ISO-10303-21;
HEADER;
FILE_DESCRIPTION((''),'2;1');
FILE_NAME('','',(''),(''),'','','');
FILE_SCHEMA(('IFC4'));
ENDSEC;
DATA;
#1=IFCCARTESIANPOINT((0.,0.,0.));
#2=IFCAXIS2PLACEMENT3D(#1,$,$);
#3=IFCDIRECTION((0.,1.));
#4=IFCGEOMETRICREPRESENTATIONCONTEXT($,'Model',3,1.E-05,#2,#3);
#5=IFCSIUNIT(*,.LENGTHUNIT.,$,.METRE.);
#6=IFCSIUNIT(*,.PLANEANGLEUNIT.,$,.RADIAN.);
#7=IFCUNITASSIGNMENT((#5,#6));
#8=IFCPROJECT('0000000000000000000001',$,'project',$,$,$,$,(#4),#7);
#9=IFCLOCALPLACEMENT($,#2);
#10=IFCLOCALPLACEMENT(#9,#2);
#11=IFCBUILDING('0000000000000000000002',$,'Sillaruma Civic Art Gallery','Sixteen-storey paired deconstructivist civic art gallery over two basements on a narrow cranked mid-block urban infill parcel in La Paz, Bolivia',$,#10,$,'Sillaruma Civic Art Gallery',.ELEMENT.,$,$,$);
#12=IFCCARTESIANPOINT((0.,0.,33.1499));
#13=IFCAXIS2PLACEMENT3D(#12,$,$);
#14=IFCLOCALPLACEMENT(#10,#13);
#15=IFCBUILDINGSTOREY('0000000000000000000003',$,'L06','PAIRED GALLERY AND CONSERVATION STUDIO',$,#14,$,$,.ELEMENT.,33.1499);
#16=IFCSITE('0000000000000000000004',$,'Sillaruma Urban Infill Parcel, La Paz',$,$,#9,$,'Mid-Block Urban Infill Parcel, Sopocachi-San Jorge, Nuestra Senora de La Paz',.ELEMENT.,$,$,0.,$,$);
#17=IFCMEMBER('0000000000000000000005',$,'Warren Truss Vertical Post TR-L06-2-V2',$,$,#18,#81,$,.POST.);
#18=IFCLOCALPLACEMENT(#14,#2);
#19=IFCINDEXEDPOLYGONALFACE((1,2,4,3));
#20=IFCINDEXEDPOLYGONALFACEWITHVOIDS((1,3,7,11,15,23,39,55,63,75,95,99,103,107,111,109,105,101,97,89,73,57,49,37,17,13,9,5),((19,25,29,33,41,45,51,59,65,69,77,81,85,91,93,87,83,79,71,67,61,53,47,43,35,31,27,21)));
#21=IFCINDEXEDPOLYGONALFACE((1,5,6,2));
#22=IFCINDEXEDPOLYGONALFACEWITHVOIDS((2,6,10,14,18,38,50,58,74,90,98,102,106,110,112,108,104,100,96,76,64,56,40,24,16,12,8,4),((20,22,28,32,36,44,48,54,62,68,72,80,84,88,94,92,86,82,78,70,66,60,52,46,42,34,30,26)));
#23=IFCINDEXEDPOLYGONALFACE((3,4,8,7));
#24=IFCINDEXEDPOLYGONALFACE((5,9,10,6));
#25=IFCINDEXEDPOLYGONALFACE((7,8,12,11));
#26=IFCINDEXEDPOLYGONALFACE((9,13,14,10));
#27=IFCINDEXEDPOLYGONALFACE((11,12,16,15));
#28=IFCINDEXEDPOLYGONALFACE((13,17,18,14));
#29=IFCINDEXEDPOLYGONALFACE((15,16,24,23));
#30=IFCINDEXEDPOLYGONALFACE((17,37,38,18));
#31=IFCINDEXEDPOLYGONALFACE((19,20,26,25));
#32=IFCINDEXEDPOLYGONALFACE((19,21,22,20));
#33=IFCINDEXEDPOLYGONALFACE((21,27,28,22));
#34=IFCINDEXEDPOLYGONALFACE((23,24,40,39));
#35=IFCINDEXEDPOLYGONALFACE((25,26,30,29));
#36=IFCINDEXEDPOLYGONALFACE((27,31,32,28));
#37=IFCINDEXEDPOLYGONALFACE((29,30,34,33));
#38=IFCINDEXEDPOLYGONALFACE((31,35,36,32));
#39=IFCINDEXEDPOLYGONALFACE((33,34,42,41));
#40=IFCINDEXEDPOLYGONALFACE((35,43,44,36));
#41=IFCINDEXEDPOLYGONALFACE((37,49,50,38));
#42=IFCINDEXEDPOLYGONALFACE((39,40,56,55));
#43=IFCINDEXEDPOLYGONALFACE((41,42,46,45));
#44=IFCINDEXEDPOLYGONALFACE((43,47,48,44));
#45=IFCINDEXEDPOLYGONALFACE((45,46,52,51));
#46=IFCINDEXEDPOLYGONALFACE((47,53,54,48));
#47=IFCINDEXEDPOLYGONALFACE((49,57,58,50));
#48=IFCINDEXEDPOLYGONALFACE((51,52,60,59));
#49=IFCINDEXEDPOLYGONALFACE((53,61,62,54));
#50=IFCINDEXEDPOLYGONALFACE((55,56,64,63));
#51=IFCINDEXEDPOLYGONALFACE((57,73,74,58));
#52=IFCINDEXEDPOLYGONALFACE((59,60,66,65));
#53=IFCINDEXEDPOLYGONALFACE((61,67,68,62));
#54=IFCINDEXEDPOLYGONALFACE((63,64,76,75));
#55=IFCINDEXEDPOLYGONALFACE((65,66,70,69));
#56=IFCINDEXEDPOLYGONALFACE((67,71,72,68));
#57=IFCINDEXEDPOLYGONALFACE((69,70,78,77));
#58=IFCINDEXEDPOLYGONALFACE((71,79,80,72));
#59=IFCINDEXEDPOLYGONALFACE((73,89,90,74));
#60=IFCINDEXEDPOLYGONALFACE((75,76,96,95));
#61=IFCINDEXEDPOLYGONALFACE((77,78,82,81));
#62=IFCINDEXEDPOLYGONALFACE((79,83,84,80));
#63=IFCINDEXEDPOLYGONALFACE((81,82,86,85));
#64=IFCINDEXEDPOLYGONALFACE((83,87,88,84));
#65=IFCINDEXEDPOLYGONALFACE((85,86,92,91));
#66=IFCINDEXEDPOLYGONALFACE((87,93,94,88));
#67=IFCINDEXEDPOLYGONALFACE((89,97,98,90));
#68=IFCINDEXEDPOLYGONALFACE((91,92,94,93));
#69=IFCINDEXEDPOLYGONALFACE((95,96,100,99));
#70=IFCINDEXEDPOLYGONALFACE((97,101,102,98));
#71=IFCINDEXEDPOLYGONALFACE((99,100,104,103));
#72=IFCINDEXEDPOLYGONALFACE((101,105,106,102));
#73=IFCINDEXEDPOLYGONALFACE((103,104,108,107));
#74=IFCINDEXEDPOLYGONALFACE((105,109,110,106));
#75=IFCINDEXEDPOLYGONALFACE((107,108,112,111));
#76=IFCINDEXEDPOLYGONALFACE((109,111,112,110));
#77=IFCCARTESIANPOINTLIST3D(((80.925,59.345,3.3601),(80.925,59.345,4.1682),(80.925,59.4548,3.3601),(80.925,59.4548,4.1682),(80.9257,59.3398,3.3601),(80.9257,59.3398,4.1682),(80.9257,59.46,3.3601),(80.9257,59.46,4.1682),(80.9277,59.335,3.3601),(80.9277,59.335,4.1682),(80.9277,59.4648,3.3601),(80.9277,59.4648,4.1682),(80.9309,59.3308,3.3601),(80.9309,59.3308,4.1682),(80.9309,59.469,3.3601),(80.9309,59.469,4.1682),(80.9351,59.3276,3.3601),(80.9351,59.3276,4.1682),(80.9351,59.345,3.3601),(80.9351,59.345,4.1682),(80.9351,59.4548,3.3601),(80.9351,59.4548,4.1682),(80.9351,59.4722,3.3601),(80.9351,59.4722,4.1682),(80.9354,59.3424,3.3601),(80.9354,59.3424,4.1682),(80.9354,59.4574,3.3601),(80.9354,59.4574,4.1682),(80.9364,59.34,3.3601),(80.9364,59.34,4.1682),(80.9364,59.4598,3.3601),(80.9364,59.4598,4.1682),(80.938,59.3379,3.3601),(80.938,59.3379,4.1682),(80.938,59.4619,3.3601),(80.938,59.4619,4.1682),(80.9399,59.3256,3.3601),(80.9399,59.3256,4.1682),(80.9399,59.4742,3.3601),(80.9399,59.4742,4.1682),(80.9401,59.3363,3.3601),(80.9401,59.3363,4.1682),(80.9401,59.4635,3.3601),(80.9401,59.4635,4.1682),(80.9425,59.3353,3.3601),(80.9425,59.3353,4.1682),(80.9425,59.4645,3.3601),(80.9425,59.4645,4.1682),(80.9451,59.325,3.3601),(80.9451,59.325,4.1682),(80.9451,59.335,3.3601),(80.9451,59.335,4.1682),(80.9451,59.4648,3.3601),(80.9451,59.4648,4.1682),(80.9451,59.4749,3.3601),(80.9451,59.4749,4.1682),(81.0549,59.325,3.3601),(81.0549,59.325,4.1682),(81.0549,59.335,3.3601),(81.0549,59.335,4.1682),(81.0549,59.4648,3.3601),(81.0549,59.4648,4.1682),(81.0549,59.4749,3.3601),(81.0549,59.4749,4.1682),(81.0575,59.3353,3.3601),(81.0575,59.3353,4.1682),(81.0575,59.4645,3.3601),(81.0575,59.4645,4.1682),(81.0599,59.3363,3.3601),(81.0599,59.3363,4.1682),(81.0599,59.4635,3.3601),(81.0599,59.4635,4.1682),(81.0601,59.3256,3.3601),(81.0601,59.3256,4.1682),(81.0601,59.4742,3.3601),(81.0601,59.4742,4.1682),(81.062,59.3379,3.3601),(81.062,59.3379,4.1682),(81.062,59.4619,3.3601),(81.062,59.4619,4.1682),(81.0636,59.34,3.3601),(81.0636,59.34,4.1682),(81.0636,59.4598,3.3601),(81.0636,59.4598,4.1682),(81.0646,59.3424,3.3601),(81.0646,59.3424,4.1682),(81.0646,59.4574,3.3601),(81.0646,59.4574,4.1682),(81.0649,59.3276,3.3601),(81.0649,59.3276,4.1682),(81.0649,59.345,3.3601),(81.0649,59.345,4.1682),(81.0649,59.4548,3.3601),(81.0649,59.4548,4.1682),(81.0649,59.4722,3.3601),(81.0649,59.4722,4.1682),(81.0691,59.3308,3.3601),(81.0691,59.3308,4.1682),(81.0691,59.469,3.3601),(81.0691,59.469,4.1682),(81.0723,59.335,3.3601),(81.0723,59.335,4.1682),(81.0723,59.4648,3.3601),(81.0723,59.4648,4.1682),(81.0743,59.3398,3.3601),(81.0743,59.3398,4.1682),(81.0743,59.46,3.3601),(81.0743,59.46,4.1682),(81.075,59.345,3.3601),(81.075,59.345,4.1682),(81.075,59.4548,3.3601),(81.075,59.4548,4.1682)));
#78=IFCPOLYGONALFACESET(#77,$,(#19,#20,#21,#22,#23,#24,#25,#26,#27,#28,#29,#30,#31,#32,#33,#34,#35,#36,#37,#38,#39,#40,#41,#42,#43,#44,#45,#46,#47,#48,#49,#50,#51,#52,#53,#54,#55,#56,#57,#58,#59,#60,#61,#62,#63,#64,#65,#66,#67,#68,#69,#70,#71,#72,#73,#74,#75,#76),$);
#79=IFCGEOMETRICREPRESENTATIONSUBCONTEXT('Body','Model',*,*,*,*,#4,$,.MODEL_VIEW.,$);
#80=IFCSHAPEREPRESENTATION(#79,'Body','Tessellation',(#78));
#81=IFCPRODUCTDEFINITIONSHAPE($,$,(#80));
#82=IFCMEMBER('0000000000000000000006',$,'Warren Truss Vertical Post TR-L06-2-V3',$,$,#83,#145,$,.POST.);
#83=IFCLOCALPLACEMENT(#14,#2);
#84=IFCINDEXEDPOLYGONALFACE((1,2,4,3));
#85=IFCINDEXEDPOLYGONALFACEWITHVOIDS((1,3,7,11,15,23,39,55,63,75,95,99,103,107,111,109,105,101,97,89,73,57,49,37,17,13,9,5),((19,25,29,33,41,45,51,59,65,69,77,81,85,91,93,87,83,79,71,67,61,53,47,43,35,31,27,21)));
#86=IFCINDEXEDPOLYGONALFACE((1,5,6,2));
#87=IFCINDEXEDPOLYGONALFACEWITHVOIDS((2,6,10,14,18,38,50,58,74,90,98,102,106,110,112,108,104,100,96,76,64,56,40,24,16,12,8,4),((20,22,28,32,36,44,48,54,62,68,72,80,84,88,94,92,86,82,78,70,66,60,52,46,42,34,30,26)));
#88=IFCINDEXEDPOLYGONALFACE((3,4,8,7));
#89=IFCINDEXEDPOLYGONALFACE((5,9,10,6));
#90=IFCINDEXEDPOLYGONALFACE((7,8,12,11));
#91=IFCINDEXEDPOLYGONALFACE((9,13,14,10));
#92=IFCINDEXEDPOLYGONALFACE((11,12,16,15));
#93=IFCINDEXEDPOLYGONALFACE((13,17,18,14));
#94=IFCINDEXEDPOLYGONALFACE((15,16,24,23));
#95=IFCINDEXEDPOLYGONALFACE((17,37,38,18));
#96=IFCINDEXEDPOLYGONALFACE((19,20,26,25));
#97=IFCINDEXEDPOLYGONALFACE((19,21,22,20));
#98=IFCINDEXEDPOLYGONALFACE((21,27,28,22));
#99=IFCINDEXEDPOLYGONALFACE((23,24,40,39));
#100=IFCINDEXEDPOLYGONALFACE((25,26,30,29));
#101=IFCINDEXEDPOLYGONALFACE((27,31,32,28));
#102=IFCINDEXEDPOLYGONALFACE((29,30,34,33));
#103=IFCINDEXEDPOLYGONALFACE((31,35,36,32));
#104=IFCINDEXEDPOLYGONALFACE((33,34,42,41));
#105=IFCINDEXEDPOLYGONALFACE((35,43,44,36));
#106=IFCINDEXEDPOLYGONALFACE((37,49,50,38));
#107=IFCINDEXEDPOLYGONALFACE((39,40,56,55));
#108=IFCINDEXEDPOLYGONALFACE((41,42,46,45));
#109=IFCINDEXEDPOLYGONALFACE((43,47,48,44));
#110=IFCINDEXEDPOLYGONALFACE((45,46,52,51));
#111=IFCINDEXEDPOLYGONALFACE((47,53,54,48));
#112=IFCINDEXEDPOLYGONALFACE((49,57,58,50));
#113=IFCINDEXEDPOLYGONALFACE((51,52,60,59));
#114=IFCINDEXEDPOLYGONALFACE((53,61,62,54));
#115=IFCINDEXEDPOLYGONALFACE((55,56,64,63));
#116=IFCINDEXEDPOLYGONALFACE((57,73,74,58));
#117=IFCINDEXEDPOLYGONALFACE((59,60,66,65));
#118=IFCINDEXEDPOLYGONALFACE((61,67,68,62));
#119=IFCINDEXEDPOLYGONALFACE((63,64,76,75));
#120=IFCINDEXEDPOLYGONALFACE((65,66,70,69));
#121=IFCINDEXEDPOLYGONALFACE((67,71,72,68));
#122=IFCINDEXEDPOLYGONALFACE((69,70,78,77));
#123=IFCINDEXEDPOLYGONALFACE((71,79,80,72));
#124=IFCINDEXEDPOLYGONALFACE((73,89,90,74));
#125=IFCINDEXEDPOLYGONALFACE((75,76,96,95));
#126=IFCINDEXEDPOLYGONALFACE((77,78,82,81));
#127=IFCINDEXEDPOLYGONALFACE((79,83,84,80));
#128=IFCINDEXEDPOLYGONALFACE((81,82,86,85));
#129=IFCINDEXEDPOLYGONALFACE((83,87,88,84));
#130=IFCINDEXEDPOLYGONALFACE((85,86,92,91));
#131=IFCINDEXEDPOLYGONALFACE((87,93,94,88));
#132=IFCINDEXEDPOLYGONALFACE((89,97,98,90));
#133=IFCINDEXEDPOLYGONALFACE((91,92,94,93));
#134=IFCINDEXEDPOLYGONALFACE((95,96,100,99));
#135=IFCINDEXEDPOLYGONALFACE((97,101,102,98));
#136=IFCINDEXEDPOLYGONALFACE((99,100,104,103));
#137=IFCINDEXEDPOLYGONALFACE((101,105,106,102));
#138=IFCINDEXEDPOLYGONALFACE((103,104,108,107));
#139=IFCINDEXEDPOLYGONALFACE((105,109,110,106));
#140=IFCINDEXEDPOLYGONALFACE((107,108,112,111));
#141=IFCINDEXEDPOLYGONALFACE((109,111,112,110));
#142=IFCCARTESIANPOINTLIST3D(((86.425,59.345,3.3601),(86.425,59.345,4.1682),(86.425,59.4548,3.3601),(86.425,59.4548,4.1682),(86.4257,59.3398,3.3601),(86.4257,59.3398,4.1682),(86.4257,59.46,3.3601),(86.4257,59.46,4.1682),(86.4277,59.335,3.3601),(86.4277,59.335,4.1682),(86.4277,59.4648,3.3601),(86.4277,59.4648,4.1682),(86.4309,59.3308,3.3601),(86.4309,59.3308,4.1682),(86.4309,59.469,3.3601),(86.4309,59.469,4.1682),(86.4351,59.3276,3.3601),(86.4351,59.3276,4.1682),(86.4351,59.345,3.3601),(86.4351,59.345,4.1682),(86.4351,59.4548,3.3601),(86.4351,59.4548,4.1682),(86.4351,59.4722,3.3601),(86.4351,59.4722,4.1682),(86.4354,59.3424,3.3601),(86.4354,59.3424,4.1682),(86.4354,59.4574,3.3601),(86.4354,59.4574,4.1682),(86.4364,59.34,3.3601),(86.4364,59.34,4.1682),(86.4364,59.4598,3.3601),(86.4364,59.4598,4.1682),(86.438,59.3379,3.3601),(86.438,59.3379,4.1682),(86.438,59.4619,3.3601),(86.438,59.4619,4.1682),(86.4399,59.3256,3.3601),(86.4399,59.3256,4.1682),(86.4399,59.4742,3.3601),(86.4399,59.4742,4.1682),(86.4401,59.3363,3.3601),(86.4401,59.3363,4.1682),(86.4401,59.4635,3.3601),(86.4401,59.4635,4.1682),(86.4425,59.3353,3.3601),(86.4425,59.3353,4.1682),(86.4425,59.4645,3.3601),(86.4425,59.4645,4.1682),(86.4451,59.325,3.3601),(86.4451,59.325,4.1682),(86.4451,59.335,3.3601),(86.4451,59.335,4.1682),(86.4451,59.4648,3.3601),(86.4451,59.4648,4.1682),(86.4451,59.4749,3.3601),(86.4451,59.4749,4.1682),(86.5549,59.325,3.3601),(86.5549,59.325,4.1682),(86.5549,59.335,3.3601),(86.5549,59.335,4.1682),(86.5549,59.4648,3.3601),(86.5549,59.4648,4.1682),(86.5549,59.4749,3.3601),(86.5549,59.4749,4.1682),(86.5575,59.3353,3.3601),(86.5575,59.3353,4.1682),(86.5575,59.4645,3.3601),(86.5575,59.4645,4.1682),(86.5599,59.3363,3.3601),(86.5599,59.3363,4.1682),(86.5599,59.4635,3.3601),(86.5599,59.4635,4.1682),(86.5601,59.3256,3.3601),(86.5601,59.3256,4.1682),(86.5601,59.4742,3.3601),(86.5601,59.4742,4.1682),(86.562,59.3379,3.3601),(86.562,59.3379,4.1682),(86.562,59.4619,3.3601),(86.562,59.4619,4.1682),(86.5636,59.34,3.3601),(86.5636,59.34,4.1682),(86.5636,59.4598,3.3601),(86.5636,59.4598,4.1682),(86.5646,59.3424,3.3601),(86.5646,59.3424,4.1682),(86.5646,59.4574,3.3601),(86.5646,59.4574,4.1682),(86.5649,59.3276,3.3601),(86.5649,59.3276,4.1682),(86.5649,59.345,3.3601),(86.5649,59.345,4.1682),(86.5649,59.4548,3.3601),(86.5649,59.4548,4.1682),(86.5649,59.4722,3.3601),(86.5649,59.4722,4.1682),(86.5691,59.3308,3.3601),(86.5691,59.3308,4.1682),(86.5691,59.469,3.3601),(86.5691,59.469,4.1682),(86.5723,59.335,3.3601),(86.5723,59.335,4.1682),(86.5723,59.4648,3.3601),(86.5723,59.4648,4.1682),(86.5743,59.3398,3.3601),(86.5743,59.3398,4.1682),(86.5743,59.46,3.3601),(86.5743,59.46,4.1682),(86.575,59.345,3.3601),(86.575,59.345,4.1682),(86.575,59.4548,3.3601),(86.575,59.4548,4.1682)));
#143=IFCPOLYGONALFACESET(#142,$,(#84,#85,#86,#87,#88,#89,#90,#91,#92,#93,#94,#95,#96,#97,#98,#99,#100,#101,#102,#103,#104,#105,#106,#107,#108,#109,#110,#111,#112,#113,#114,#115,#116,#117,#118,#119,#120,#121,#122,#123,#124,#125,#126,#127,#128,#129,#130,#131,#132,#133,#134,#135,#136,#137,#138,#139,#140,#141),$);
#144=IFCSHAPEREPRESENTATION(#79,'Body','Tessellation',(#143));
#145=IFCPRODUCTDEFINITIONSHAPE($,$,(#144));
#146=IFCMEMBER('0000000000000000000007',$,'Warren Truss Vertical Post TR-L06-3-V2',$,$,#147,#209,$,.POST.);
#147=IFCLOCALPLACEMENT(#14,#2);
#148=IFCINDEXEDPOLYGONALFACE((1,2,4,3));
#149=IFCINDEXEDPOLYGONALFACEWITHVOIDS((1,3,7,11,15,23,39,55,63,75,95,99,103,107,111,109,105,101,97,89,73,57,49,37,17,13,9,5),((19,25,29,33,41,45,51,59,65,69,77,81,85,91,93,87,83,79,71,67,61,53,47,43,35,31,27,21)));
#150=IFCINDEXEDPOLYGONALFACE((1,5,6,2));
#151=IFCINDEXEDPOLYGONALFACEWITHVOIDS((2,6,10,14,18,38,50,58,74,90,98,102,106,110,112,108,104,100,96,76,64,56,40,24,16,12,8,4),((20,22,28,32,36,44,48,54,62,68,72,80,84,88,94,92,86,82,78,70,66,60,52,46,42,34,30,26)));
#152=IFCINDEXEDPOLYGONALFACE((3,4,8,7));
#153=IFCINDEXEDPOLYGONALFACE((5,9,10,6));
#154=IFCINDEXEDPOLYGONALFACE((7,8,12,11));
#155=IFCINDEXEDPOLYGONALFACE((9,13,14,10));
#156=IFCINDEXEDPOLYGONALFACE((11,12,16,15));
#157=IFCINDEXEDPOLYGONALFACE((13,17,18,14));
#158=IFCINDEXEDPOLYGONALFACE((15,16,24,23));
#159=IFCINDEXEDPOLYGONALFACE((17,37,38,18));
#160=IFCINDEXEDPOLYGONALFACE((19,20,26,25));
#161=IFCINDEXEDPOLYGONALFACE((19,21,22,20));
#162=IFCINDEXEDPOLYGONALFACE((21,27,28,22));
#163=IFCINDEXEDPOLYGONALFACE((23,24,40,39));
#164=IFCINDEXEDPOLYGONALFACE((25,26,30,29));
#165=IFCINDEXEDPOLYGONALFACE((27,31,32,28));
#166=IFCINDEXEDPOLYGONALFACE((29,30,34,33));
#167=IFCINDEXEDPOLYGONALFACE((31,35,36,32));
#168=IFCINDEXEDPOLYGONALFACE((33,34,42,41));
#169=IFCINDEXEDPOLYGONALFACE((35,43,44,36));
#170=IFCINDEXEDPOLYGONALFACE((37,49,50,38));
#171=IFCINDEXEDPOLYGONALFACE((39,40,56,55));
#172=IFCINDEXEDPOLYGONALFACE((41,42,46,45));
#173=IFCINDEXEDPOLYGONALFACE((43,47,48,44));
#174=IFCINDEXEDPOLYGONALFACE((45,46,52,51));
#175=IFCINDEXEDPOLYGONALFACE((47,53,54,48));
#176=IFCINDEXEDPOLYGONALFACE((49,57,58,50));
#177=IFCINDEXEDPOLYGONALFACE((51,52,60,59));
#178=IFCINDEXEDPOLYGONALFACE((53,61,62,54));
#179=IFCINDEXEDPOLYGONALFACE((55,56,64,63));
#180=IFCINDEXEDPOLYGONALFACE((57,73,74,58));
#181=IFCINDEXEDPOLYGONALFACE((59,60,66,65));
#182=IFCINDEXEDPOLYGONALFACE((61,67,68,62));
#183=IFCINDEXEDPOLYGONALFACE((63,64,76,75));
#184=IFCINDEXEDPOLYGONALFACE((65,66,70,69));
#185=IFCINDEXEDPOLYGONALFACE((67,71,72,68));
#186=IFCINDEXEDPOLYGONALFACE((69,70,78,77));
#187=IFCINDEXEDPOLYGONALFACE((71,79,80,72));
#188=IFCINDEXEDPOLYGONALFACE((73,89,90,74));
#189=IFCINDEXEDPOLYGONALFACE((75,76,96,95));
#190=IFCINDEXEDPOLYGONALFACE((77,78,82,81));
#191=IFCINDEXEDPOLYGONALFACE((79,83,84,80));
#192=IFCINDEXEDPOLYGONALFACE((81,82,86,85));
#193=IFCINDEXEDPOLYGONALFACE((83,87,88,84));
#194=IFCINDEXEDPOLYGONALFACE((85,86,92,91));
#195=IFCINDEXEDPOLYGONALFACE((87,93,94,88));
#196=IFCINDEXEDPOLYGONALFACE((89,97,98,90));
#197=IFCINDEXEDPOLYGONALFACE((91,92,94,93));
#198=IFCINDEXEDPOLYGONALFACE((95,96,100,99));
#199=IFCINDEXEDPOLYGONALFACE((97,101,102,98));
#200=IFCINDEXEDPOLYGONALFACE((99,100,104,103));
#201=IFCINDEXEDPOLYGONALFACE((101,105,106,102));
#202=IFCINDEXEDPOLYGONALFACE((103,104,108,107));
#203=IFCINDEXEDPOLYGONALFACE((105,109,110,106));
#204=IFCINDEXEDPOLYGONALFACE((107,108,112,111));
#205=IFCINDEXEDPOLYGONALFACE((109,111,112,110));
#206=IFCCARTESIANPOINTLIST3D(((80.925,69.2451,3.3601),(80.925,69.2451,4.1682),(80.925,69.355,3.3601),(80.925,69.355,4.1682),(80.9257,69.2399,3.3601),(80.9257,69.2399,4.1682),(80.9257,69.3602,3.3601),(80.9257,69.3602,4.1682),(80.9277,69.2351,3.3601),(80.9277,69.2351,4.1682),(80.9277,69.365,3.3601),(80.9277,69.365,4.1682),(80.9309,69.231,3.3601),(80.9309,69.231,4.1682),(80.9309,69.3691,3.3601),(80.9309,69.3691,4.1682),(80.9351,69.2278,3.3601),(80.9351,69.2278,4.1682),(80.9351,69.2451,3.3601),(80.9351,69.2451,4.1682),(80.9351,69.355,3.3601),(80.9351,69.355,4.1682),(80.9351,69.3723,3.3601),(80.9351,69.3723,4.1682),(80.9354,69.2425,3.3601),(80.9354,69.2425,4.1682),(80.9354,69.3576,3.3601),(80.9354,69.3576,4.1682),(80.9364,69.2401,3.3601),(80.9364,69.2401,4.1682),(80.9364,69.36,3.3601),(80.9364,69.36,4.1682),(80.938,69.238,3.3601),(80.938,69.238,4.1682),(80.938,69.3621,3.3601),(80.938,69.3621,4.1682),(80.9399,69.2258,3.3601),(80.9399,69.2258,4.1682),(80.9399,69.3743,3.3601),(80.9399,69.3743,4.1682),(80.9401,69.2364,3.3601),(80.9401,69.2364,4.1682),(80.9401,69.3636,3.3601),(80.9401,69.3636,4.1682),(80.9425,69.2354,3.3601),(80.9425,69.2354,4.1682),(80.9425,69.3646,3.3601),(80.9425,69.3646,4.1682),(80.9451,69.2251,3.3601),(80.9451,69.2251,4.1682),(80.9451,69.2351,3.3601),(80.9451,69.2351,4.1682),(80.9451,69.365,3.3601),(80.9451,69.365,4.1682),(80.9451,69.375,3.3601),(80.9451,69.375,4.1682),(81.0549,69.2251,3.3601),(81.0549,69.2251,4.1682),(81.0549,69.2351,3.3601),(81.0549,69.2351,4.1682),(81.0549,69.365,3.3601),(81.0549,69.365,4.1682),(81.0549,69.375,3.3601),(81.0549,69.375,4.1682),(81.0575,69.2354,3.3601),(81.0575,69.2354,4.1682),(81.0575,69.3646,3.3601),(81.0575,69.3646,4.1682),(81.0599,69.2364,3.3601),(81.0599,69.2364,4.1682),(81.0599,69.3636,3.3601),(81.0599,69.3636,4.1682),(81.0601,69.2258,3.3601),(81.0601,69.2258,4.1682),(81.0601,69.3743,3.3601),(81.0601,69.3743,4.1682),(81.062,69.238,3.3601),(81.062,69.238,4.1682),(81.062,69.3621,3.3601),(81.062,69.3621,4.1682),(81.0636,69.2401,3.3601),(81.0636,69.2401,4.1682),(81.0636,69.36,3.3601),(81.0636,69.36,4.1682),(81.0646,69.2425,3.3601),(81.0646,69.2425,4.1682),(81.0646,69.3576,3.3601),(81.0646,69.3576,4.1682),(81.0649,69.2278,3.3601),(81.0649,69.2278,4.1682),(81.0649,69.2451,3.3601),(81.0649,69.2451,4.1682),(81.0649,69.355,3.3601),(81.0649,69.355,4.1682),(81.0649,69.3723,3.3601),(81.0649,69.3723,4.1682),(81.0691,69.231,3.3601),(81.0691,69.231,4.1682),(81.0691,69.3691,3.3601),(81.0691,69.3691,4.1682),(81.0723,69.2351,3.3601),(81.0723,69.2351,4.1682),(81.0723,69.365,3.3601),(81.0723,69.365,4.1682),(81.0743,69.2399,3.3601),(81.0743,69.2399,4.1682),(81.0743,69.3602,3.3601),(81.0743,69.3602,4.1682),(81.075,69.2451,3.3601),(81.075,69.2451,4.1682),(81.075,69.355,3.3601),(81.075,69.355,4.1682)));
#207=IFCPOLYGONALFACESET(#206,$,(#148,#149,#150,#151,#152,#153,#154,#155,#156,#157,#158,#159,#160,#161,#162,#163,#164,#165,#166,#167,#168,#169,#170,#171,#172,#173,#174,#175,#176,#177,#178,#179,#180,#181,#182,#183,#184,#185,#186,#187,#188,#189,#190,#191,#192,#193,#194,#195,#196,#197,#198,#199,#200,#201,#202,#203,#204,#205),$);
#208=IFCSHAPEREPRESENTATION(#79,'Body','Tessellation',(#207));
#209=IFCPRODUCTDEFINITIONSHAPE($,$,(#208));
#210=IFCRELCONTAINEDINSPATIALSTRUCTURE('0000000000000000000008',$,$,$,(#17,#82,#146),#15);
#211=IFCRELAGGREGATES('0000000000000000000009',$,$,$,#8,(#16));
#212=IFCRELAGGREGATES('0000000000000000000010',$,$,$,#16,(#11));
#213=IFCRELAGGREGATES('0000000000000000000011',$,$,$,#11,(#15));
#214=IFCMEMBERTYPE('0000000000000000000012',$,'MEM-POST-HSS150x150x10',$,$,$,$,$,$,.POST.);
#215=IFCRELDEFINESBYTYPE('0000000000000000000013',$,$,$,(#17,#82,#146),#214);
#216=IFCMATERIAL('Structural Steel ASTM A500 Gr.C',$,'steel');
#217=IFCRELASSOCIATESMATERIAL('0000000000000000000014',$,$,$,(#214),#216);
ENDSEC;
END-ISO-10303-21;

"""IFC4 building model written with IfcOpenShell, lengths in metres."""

from ifc_helpers import new_model, si_unit, direction, frame, origin, origin_2d, place, context, subcontext, project, spatial, hollow_rectangle, extrude, material, material_profile, profile_set, type_object, element, save


model = new_model("IFC4")

# Units and contexts
model_context = context("Model", 3, precision=1e-05, world=origin(), true_north=direction((0.0, 1.0)))
body_context = subcontext(model_context, "Body", "Model", "MODEL_VIEW")
ifc_project = project(units=[si_unit("LENGTHUNIT", "METRE"), si_unit("PLANEANGLEUNIT", "RADIAN")], contexts=[model_context])

# Site, building, storey
site_placement = place(None, origin())
site = spatial("IfcSite", under=ifc_project, at=site_placement, Name="Sillaruma Urban Infill Parcel, La Paz", LongName="Mid-Block Urban Infill Parcel, Sopocachi-San Jorge, Nuestra Senora de La Paz", CompositionType="ELEMENT", RefElevation=0.0)
building_placement = place(site_placement, origin())
building = spatial("IfcBuilding", under=site, at=building_placement, Name="Sillaruma Civic Art Gallery", Description="Sixteen-storey paired deconstructivist civic art gallery over two basements on a narrow cranked mid-block urban infill parcel in La Paz, Bolivia", LongName="Sillaruma Civic Art Gallery", CompositionType="ELEMENT")
storey_placement = place(building_placement, frame((0.0, 0.0, 33.1499)))
storey = spatial("IfcBuildingStorey", under=building, at=storey_placement, Name="L06", Description="PAIRED GALLERY AND CONSERVATION STUDIO", CompositionType="ELEMENT", Elevation=33.1499)

# Shared definitions
ifc_material_1 = material(Name="Structural Steel ASTM A500 Gr.C", Category="steel")

# Members
ifc_material_profile_1 = material_profile(ifc_material_1, hollow_rectangle(XDim=0.1499, YDim=0.1499, WallThickness=0.01, InnerFilletRadius=0.01, OuterFilletRadius=0.02, at=origin_2d()), Name="HSS150x150x10")
ifc_profile_set_1 = profile_set([ifc_material_profile_1], Name="Structural Steel ASTM A500 Gr.C")
member_type_1 = type_object("IfcMemberType", Name="MEM-POST-HSS150x150x10", PredefinedType="POST", material=ifc_profile_set_1)
for number, where, z_axis, x_axis, name in (
    (1, (81.0, 59.3999, 3.3601), (0.0, 0.0, 1.0), (1.0, 0.0, 0.0), "Warren Truss Vertical Post TR-L06-2-V2"),
    (2, (86.5, 59.3999, 3.3601), (0.0, 0.0, 1.0), (1.0, 0.0, 0.0), "Warren Truss Vertical Post TR-L06-2-V3"),
    (3, (81.0, 69.3, 3.3601), (0.0, 0.0, 1.0), (1.0, 0.0, 0.0), "Warren Truss Vertical Post TR-L06-3-V2"),
):
    element("IfcMember", number, at=place(storey_placement, frame(where, z_axis=z_axis, x_axis=x_axis)), inside=storey, type_object=member_type_1, Name=name, PredefinedType="POST", context=body_context, shape_type="SweptSolid", body=[
        extrude(hollow_rectangle(XDim=0.1499, YDim=0.1499, WallThickness=0.01, InnerFilletRadius=0.01, OuterFilletRadius=0.02, at=origin_2d()), origin(), (0.0, 0.0, 1.0), 0.8081),
    ])

save(model, "model.ifc")
